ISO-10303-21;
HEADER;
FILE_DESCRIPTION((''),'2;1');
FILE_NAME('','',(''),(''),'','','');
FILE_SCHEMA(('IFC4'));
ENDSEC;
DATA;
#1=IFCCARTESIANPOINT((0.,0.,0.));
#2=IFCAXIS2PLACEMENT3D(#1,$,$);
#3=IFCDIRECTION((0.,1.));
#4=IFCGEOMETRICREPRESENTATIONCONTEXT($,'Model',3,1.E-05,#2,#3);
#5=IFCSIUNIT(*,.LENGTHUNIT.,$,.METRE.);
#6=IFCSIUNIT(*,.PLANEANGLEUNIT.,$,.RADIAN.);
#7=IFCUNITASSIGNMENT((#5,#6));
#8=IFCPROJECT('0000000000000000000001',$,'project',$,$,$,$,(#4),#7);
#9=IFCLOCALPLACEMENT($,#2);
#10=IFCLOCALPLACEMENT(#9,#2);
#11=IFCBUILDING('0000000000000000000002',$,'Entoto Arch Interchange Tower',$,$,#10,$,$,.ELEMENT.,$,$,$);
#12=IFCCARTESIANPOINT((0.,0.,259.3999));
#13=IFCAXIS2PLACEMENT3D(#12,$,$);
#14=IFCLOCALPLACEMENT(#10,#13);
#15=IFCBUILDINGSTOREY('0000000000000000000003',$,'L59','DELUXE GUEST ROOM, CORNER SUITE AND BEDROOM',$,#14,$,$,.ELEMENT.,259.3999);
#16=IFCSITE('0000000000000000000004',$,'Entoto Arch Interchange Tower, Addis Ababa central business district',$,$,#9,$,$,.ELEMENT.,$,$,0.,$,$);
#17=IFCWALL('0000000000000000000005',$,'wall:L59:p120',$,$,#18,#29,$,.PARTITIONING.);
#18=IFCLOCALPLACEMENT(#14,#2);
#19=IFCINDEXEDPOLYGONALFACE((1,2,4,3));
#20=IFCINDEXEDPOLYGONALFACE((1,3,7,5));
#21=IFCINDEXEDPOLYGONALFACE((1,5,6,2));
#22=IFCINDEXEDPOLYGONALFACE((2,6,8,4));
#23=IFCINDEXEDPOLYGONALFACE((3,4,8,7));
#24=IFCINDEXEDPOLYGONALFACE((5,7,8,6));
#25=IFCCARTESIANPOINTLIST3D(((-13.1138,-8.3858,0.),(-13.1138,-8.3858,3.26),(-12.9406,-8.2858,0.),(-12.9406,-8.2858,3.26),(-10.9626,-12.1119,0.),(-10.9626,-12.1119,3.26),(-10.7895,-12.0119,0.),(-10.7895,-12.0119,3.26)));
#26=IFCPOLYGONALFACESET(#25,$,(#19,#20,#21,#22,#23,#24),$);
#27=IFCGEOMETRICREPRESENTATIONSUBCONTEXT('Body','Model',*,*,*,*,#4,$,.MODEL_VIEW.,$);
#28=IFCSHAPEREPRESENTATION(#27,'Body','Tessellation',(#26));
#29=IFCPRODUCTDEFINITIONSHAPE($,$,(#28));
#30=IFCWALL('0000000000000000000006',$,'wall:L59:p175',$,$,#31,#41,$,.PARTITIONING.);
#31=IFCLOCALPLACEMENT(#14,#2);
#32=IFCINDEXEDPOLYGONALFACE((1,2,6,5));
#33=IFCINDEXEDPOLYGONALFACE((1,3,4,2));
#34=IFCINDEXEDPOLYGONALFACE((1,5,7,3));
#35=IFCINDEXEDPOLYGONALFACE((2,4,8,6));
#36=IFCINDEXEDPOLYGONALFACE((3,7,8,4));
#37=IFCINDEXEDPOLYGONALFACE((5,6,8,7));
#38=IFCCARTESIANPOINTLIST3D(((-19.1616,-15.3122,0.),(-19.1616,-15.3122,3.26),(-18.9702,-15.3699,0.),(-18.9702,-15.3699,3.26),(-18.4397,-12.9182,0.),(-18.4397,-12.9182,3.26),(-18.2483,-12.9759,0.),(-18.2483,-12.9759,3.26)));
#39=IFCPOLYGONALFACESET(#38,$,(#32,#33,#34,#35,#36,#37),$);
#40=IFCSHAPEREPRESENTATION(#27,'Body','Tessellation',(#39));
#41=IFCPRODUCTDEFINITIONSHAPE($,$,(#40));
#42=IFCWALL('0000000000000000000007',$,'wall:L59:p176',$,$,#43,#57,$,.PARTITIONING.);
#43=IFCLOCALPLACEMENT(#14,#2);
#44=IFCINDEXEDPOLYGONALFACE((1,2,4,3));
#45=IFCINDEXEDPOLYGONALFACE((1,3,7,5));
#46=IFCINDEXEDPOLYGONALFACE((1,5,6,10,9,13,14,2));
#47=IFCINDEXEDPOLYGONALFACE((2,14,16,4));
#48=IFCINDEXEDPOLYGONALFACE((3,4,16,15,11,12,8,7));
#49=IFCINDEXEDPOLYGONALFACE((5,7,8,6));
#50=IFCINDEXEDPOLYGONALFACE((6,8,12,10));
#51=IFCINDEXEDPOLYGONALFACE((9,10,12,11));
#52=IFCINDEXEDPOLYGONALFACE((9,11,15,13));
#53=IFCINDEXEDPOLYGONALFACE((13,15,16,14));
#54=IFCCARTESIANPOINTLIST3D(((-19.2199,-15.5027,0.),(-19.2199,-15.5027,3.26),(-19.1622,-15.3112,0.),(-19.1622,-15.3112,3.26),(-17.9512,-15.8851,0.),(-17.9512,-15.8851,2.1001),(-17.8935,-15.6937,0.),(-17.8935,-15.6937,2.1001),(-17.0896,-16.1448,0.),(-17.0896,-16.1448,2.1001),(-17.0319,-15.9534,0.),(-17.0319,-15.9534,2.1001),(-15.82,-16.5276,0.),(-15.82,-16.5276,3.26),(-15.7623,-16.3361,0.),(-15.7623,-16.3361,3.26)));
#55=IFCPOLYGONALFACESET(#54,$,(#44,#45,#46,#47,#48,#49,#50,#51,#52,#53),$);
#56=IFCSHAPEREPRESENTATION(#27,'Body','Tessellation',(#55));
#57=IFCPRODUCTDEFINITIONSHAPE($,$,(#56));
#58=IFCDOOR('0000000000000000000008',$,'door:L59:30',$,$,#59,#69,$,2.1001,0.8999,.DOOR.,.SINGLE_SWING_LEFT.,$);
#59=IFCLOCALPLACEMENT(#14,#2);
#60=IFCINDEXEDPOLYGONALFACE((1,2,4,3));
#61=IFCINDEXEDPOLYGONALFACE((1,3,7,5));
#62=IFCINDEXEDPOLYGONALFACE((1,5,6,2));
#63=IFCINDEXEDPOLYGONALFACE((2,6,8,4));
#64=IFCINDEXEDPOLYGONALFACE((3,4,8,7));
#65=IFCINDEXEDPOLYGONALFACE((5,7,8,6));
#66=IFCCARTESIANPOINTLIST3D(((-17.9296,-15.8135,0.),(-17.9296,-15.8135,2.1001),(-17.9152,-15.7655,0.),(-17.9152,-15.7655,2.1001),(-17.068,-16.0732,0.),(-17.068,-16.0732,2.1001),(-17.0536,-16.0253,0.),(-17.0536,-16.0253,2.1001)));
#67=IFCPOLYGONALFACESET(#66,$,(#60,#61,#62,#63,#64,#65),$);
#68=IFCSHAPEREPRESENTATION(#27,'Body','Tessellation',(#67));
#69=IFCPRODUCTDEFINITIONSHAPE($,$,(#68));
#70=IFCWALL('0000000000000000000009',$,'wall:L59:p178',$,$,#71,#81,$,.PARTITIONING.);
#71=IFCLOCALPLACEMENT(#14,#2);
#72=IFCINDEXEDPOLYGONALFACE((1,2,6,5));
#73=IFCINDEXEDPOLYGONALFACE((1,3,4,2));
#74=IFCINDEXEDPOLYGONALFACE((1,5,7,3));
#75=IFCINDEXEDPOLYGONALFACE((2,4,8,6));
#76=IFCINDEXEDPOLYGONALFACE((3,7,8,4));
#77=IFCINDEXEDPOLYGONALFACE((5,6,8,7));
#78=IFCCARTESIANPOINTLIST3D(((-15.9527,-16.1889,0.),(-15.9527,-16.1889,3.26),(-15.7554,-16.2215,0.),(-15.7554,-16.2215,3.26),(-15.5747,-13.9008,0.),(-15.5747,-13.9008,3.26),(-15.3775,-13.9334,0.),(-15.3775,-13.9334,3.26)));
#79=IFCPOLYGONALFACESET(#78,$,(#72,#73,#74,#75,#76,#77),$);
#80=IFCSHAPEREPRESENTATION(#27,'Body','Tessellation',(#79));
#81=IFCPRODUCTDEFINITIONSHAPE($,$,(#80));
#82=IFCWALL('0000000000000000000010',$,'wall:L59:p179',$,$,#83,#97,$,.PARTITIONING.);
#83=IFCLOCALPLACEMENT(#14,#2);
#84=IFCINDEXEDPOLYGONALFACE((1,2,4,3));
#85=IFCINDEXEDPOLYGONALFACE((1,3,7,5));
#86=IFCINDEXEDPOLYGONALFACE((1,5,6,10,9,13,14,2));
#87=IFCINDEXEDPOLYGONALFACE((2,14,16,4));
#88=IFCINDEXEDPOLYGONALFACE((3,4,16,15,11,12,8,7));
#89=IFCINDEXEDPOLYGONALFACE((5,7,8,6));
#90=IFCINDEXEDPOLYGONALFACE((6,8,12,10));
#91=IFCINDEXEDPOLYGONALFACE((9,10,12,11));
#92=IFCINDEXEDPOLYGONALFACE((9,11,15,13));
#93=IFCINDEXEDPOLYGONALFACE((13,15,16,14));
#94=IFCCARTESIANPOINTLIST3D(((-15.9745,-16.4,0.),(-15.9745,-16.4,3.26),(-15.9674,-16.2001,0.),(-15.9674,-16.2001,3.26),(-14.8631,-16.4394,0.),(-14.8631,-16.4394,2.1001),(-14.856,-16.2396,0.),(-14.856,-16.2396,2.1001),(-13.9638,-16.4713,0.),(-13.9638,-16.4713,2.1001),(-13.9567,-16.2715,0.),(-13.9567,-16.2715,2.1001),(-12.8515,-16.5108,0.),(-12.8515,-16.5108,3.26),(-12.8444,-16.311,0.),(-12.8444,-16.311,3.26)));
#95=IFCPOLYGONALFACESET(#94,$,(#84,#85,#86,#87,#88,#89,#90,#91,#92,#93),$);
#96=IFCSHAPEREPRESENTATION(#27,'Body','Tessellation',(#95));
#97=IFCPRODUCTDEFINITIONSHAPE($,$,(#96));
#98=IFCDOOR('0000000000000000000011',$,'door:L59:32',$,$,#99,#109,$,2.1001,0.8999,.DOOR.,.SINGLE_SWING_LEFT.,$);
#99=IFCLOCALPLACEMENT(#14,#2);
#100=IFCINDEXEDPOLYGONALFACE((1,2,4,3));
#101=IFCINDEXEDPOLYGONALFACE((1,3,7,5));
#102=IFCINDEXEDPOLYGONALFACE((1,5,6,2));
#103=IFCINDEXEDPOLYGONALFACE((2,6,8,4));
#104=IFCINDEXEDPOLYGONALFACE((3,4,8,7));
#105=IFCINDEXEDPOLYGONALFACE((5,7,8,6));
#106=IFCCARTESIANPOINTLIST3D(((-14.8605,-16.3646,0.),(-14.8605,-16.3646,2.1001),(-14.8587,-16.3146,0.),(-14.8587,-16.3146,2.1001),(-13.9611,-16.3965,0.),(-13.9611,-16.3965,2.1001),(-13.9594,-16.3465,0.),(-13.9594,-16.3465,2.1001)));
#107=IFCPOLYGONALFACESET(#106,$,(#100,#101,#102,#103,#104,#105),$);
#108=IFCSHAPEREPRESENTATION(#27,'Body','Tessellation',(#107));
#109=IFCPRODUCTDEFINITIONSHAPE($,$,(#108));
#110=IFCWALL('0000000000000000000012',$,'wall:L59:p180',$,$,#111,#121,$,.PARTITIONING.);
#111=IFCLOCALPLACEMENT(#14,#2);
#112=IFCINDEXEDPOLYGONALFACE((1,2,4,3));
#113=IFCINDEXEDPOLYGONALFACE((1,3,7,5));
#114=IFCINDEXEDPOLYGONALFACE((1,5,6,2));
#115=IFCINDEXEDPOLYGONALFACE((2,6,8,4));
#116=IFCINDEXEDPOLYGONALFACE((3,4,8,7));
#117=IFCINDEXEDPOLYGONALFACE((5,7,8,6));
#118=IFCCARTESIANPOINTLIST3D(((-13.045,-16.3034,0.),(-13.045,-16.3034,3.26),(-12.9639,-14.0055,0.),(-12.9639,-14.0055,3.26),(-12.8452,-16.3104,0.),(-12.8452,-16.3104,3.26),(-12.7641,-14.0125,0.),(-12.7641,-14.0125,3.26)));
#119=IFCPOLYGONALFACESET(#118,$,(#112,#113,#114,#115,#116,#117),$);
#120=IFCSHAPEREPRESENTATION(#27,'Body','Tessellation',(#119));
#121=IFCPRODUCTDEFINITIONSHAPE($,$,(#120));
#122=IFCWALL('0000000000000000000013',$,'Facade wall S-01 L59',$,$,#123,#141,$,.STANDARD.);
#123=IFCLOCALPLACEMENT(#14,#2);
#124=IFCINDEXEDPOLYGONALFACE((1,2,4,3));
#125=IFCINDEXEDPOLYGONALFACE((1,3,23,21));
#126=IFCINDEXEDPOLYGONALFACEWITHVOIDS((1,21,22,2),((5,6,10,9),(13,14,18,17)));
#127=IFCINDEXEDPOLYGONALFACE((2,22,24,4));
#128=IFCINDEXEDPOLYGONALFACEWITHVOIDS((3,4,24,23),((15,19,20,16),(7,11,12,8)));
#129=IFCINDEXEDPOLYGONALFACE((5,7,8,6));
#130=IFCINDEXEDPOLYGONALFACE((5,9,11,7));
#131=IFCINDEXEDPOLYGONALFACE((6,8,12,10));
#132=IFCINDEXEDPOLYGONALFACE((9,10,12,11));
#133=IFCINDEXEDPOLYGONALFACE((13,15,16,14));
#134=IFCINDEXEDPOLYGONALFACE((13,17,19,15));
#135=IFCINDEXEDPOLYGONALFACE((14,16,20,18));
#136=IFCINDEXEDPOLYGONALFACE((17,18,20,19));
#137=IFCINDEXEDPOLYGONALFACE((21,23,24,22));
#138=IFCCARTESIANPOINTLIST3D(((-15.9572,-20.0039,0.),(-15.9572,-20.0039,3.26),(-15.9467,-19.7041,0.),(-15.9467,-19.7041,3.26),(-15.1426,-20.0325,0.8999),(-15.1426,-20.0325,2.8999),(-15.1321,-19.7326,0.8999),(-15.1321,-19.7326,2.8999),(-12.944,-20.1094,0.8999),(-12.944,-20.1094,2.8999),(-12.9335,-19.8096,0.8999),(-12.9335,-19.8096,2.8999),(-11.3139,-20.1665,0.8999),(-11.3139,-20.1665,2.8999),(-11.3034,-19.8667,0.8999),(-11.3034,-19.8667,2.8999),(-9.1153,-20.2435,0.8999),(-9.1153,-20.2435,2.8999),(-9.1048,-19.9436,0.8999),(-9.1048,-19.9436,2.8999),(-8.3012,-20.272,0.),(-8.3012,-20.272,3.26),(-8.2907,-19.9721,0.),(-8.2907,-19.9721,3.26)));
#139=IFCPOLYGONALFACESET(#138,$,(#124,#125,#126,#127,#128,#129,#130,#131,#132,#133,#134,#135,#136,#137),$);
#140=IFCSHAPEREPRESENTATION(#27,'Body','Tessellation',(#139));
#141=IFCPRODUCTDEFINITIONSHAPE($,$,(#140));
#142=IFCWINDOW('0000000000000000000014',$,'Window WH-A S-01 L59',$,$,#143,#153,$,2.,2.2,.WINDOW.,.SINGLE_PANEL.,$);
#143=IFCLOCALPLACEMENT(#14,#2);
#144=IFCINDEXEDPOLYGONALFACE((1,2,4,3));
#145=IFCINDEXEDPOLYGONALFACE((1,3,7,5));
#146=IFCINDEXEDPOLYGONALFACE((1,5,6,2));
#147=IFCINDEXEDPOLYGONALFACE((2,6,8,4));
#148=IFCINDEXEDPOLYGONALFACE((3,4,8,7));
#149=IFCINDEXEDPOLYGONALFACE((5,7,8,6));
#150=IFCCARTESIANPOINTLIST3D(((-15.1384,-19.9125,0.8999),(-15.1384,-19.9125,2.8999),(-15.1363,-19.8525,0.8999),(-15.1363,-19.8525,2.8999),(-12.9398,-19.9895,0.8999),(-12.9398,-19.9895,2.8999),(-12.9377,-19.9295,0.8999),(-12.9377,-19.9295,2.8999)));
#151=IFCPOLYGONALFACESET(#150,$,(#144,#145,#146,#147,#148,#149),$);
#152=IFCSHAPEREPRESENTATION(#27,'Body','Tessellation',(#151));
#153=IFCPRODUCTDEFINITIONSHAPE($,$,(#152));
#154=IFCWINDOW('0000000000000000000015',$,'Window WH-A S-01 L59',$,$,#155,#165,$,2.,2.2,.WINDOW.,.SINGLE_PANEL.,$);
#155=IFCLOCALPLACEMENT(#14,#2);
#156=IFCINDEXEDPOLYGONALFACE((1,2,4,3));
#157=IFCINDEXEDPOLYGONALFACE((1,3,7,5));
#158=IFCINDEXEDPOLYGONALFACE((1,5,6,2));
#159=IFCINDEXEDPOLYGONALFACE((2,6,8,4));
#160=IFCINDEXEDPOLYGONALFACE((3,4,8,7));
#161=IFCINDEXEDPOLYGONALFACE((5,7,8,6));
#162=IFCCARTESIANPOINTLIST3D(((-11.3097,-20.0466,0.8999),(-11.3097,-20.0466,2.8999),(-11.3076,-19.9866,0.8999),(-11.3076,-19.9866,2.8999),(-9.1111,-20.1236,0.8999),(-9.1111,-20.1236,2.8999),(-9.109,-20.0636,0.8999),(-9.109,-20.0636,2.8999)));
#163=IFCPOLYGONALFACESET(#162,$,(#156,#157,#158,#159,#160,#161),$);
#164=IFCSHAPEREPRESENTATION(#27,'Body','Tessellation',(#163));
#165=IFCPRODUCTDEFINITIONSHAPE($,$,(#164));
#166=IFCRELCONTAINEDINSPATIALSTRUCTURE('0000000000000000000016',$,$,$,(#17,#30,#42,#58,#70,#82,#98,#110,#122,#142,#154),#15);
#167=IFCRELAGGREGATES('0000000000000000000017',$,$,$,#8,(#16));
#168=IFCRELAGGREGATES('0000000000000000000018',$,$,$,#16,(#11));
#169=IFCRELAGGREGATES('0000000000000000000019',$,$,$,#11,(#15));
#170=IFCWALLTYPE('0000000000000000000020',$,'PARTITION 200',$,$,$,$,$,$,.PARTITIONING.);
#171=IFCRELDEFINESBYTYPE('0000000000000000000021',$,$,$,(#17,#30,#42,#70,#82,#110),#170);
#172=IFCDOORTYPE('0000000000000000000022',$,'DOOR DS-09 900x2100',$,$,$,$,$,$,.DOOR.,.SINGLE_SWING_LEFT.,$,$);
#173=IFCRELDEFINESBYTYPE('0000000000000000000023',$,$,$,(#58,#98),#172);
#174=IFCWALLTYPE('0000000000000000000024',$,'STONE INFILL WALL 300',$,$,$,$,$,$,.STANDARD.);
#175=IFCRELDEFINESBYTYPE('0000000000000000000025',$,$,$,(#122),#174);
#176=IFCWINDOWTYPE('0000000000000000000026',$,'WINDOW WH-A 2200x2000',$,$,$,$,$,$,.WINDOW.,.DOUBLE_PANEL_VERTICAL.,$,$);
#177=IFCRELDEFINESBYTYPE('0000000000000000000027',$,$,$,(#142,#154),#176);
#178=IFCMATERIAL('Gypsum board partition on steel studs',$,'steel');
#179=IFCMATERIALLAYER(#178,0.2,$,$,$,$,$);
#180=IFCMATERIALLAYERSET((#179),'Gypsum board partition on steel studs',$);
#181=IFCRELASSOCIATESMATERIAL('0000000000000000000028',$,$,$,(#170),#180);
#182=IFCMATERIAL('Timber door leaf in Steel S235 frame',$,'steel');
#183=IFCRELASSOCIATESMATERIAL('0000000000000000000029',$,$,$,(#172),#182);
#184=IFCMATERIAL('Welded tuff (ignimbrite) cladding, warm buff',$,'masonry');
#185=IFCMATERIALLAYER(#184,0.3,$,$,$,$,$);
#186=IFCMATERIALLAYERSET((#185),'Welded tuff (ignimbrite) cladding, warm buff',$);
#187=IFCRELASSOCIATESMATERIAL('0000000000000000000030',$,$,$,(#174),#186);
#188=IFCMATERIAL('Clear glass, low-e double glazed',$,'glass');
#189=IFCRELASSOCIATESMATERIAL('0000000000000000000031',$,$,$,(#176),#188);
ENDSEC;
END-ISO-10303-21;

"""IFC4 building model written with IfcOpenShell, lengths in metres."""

from ifc_helpers import new_model, si_unit, direction, frame, frame_2d, origin, place, context, subcontext, project, spatial, rectangle, extrude, material, layer, layer_set, type_object, element, fill, save


model = new_model("IFC4")

# Units and contexts
model_context = context("Model", 3, precision=1e-05, world=origin(), true_north=direction((0.0, 1.0)))
body_context = subcontext(model_context, "Body", "Model", "MODEL_VIEW")
ifc_project = project(units=[si_unit("LENGTHUNIT", "METRE"), si_unit("PLANEANGLEUNIT", "RADIAN")], contexts=[model_context])

# Site, building, storey
site_placement = place(None, origin())
site = spatial("IfcSite", under=ifc_project, at=site_placement, Name="Entoto Arch Interchange Tower, Addis Ababa central business district", CompositionType="ELEMENT", RefElevation=0.0)
building_placement = place(site_placement, origin())
building = spatial("IfcBuilding", under=site, at=building_placement, Name="Entoto Arch Interchange Tower", CompositionType="ELEMENT")
storey_placement = place(building_placement, frame((0.0, 0.0, 259.3999)))
storey = spatial("IfcBuildingStorey", under=building, at=storey_placement, Name="L59", Description="DELUXE GUEST ROOM, CORNER SUITE AND BEDROOM", CompositionType="ELEMENT", Elevation=259.3999)

# Shared definitions
ifc_material_1 = material(Name="Gypsum board partition on steel studs", Category="steel")

# Shared definitions
ifc_layer_1 = layer(ifc_material_1, 0.2)
ifc_layer_set_1 = layer_set([ifc_layer_1], Name="Gypsum board partition on steel studs")
wall_type_1 = type_object("IfcWallType", Name="PARTITION 200", PredefinedType="PARTITIONING", material=ifc_layer_set_1)
ifc_material_2 = material(Name="Timber door leaf in Steel S235 frame", Category="steel")

# Walls
wall_1_placement = place(storey_placement, frame((-10.876, -12.062, 0.0), z_axis=(0.0, 0.0, 1.0), x_axis=(-0.499978, 0.866038, 0.0)))
element("IfcWall", 1, at=wall_1_placement, inside=storey, type_object=wall_type_1, Name="wall:L59:p120", PredefinedType="PARTITIONING", context=body_context, shape_type="SweptSolid", body=[
    extrude(rectangle(XDim=4.3025, YDim=0.2, at=frame_2d((2.1514, 0.0))), origin(), (0.0, 0.0, 1.0), 3.26),
])
wall_2_placement = place(storey_placement, frame((-18.344, -12.947, 0.0), z_axis=(0.0, 0.0, 1.0), x_axis=(-0.288709, -0.957417, 0.0)))
element("IfcWall", 2, at=wall_2_placement, inside=storey, type_object=wall_type_1, Name="wall:L59:p175", PredefinedType="PARTITIONING", context=body_context, shape_type="SweptSolid", body=[
    extrude(rectangle(XDim=2.5005, YDim=0.2, at=frame_2d((1.2502, 0.0))), origin(), (0.0, 0.0, 1.0), 3.26),
])

# Wall, opening, door
wall_3_placement = place(storey_placement, frame((-19.1909, -15.407, 0.0), z_axis=(0.0, 0.0, 1.0), x_axis=(0.957443, -0.288622, 0.0)))
wall_3 = element("IfcWall", 3, at=wall_3_placement, inside=storey, type_object=wall_type_1, Name="wall:L59:p176", PredefinedType="PARTITIONING", context=body_context, shape_type="SweptSolid", body=[
    extrude(rectangle(XDim=3.551, YDim=0.2, at=frame_2d((1.7754, 0.0))), origin(), (0.0, 0.0, 1.0), 3.26),
])
opening_1_placement = place(wall_3_placement, frame((1.325, 0.0, 0.0)))
opening_1 = element("IfcOpeningElement", 4, at=opening_1_placement, cuts=wall_3, PredefinedType="OPENING", context=body_context, shape_type="SweptSolid", body=[
    extrude(rectangle(XDim=0.8999, YDim=2.1001, at=frame_2d((0.45, 1.05))), frame((0.0, 0.1099, 0.0), z_axis=(0.0, -1.0, 0.0), x_axis=(1.0, 0.0, 0.0)), (0.0, 0.0, 1.0), 0.22),
])
door_type_1 = type_object("IfcDoorType", Name="DOOR DS-09 900x2100", OperationType="SINGLE_SWING_LEFT", PredefinedType="DOOR", material=ifc_material_2)
door_1_placement = place(opening_1_placement, origin())
door_1 = element("IfcDoor", 5, at=door_1_placement, inside=storey, type_object=door_type_1, Name="door:L59:30", OperationType="SINGLE_SWING_LEFT", OverallHeight=2.1001, OverallWidth=0.8999, PredefinedType="DOOR", context=body_context, shape_type="SweptSolid", body=[
    extrude(rectangle(XDim=0.8999, YDim=2.1001, at=frame_2d((0.45, 1.05))), frame((0.0, 0.0249, 0.0), z_axis=(0.0, -1.0, 0.0), x_axis=(1.0, 0.0, 0.0)), (0.0, 0.0, 1.0), 0.05),
])
fill(opening_1, door_1)

# Wall
wall_4_placement = place(storey_placement, frame((-15.4761, -13.917, 0.0), z_axis=(0.0, 0.0, 1.0), x_axis=(-0.162965, -0.986632, 0.0)))
element("IfcWall", 6, at=wall_4_placement, inside=storey, type_object=wall_type_1, Name="wall:L59:p178", PredefinedType="PARTITIONING", context=body_context, shape_type="SweptSolid", body=[
    extrude(rectangle(XDim=2.3191, YDim=0.2, at=frame_2d((1.1597, 0.0))), origin(), (0.0, 0.0, 1.0), 3.26),
])

# Wall, opening, door
wall_5_placement = place(storey_placement, frame((-15.9709, -16.3, 0.0), z_axis=(0.0, 0.0, 1.0), x_axis=(0.999371, -0.035469, 0.0)))
wall_5 = element("IfcWall", 7, at=wall_5_placement, inside=storey, type_object=wall_type_1, Name="wall:L59:p179", PredefinedType="PARTITIONING", context=body_context, shape_type="SweptSolid", body=[
    extrude(rectangle(XDim=3.125, YDim=0.2, at=frame_2d((1.5625, 0.0))), origin(), (0.0, 0.0, 1.0), 3.26),
])
opening_2_placement = place(wall_5_placement, frame((1.1121, 0.0, 0.0)))
opening_2 = element("IfcOpeningElement", 8, at=opening_2_placement, cuts=wall_5, PredefinedType="OPENING", context=body_context, shape_type="SweptSolid", body=[
    extrude(rectangle(XDim=0.8999, YDim=2.1001, at=frame_2d((0.45, 1.05))), frame((0.0, 0.1099, 0.0), z_axis=(0.0, -1.0, 0.0), x_axis=(1.0, 0.0, 0.0)), (0.0, 0.0, 1.0), 0.22),
])
door_2_placement = place(opening_2_placement, origin())
door_2 = element("IfcDoor", 9, at=door_2_placement, inside=storey, type_object=door_type_1, Name="door:L59:32", OperationType="SINGLE_SWING_LEFT", OverallHeight=2.1001, OverallWidth=0.8999, PredefinedType="DOOR", context=body_context, shape_type="SweptSolid", body=[
    extrude(rectangle(XDim=0.8999, YDim=2.1001, at=frame_2d((0.45, 1.05))), frame((0.0, 0.0249, 0.0), z_axis=(0.0, -1.0, 0.0), x_axis=(1.0, 0.0, 0.0)), (0.0, 0.0, 1.0), 0.05),
])
fill(opening_2, door_2)

# Wall
wall_6_placement = place(storey_placement, frame((-12.9451, -16.3069, 0.0), z_axis=(0.0, 0.0, 1.0), x_axis=(0.035252, 0.999378, 0.0)))
element("IfcWall", 10, at=wall_6_placement, inside=storey, type_object=wall_type_1, Name="wall:L59:p180", PredefinedType="PARTITIONING", context=body_context, shape_type="SweptSolid", body=[
    extrude(rectangle(XDim=2.2993, YDim=0.2, at=frame_2d((1.1497, 0.0))), origin(), (0.0, 0.0, 1.0), 3.26),
])

# Wall, openings, windows
ifc_material_3 = material(Name="Welded tuff (ignimbrite) cladding, warm buff", Category="masonry")
ifc_layer_2 = layer(ifc_material_3, 0.3)
ifc_layer_set_2 = layer_set([ifc_layer_2], Name="Welded tuff (ignimbrite) cladding, warm buff")
wall_type_2 = type_object("IfcWallType", Name="STONE INFILL WALL 300", PredefinedType="STANDARD", material=ifc_layer_set_2)
wall_7_placement = place(storey_placement, frame((-15.9519, -19.854, 0.0), z_axis=(0.0, 0.0, 1.0), x_axis=(0.999388, -0.034992, 0.0)))
wall_7 = element("IfcWall", 11, at=wall_7_placement, inside=storey, type_object=wall_type_2, Name="Facade wall S-01 L59", PredefinedType="STANDARD", context=body_context, shape_type="SweptSolid", body=[
    extrude(rectangle(XDim=7.6606, YDim=0.3, at=frame_2d((3.8303, 0.0))), origin(), (0.0, 0.0, 1.0), 3.26),
])
opening_3_placement = place(wall_7_placement, frame((0.8149, 0.0, 0.8999)))
opening_3 = element("IfcOpeningElement", 12, at=opening_3_placement, cuts=wall_7, PredefinedType="OPENING", context=body_context, shape_type="SweptSolid", body=[
    extrude(rectangle(XDim=2.2, YDim=2.0, at=frame_2d((1.1001, 1.0))), frame((0.0, 0.1602, 0.0), z_axis=(0.0, -1.0, 0.0), x_axis=(1.0, 0.0, 0.0)), (0.0, 0.0, 1.0), 0.3201),
])
opening_4_placement = place(wall_7_placement, frame((4.646, 0.0, 0.8999)))
opening_4 = element("IfcOpeningElement", 13, at=opening_4_placement, cuts=wall_7, PredefinedType="OPENING", context=body_context, shape_type="SweptSolid", body=[
    extrude(rectangle(XDim=2.2, YDim=2.0, at=frame_2d((1.1001, 1.0))), frame((0.0, 0.1602, 0.0), z_axis=(0.0, -1.0, 0.0), x_axis=(1.0, 0.0, 0.0)), (0.0, 0.0, 1.0), 0.3201),
])
ifc_material_4 = material(Name="Clear glass, low-e double glazed", Category="glass")
window_type_1 = type_object("IfcWindowType", Name="WINDOW WH-A 2200x2000", PartitioningType="DOUBLE_PANEL_VERTICAL", PredefinedType="WINDOW", material=ifc_material_4)
window_1_placement = place(opening_3_placement, origin())
window_1 = element("IfcWindow", 14, at=window_1_placement, inside=storey, type_object=window_type_1, Name="Window WH-A S-01 L59", OverallHeight=2.0, OverallWidth=2.2, PartitioningType="SINGLE_PANEL", PredefinedType="WINDOW", context=body_context, shape_type="SweptSolid", body=[
    extrude(rectangle(XDim=2.2, YDim=2.0, at=frame_2d((1.1001, 1.0))), frame((0.0, 0.03, 0.0), z_axis=(0.0, -1.0, 0.0), x_axis=(1.0, 0.0, 0.0)), (0.0, 0.0, 1.0), 0.0601),
])
fill(opening_3, window_1)
window_2_placement = place(opening_4_placement, origin())
window_2 = element("IfcWindow", 15, at=window_2_placement, inside=storey, type_object=window_type_1, Name="Window WH-A S-01 L59", OverallHeight=2.0, OverallWidth=2.2, PartitioningType="SINGLE_PANEL", PredefinedType="WINDOW", context=body_context, shape_type="SweptSolid", body=[
    extrude(rectangle(XDim=2.2, YDim=2.0, at=frame_2d((1.1001, 1.0))), frame((0.0, 0.03, 0.0), z_axis=(0.0, -1.0, 0.0), x_axis=(1.0, 0.0, 0.0)), (0.0, 0.0, 1.0), 0.0601),
])
fill(opening_4, window_2)

save(model, "model.ifc")
